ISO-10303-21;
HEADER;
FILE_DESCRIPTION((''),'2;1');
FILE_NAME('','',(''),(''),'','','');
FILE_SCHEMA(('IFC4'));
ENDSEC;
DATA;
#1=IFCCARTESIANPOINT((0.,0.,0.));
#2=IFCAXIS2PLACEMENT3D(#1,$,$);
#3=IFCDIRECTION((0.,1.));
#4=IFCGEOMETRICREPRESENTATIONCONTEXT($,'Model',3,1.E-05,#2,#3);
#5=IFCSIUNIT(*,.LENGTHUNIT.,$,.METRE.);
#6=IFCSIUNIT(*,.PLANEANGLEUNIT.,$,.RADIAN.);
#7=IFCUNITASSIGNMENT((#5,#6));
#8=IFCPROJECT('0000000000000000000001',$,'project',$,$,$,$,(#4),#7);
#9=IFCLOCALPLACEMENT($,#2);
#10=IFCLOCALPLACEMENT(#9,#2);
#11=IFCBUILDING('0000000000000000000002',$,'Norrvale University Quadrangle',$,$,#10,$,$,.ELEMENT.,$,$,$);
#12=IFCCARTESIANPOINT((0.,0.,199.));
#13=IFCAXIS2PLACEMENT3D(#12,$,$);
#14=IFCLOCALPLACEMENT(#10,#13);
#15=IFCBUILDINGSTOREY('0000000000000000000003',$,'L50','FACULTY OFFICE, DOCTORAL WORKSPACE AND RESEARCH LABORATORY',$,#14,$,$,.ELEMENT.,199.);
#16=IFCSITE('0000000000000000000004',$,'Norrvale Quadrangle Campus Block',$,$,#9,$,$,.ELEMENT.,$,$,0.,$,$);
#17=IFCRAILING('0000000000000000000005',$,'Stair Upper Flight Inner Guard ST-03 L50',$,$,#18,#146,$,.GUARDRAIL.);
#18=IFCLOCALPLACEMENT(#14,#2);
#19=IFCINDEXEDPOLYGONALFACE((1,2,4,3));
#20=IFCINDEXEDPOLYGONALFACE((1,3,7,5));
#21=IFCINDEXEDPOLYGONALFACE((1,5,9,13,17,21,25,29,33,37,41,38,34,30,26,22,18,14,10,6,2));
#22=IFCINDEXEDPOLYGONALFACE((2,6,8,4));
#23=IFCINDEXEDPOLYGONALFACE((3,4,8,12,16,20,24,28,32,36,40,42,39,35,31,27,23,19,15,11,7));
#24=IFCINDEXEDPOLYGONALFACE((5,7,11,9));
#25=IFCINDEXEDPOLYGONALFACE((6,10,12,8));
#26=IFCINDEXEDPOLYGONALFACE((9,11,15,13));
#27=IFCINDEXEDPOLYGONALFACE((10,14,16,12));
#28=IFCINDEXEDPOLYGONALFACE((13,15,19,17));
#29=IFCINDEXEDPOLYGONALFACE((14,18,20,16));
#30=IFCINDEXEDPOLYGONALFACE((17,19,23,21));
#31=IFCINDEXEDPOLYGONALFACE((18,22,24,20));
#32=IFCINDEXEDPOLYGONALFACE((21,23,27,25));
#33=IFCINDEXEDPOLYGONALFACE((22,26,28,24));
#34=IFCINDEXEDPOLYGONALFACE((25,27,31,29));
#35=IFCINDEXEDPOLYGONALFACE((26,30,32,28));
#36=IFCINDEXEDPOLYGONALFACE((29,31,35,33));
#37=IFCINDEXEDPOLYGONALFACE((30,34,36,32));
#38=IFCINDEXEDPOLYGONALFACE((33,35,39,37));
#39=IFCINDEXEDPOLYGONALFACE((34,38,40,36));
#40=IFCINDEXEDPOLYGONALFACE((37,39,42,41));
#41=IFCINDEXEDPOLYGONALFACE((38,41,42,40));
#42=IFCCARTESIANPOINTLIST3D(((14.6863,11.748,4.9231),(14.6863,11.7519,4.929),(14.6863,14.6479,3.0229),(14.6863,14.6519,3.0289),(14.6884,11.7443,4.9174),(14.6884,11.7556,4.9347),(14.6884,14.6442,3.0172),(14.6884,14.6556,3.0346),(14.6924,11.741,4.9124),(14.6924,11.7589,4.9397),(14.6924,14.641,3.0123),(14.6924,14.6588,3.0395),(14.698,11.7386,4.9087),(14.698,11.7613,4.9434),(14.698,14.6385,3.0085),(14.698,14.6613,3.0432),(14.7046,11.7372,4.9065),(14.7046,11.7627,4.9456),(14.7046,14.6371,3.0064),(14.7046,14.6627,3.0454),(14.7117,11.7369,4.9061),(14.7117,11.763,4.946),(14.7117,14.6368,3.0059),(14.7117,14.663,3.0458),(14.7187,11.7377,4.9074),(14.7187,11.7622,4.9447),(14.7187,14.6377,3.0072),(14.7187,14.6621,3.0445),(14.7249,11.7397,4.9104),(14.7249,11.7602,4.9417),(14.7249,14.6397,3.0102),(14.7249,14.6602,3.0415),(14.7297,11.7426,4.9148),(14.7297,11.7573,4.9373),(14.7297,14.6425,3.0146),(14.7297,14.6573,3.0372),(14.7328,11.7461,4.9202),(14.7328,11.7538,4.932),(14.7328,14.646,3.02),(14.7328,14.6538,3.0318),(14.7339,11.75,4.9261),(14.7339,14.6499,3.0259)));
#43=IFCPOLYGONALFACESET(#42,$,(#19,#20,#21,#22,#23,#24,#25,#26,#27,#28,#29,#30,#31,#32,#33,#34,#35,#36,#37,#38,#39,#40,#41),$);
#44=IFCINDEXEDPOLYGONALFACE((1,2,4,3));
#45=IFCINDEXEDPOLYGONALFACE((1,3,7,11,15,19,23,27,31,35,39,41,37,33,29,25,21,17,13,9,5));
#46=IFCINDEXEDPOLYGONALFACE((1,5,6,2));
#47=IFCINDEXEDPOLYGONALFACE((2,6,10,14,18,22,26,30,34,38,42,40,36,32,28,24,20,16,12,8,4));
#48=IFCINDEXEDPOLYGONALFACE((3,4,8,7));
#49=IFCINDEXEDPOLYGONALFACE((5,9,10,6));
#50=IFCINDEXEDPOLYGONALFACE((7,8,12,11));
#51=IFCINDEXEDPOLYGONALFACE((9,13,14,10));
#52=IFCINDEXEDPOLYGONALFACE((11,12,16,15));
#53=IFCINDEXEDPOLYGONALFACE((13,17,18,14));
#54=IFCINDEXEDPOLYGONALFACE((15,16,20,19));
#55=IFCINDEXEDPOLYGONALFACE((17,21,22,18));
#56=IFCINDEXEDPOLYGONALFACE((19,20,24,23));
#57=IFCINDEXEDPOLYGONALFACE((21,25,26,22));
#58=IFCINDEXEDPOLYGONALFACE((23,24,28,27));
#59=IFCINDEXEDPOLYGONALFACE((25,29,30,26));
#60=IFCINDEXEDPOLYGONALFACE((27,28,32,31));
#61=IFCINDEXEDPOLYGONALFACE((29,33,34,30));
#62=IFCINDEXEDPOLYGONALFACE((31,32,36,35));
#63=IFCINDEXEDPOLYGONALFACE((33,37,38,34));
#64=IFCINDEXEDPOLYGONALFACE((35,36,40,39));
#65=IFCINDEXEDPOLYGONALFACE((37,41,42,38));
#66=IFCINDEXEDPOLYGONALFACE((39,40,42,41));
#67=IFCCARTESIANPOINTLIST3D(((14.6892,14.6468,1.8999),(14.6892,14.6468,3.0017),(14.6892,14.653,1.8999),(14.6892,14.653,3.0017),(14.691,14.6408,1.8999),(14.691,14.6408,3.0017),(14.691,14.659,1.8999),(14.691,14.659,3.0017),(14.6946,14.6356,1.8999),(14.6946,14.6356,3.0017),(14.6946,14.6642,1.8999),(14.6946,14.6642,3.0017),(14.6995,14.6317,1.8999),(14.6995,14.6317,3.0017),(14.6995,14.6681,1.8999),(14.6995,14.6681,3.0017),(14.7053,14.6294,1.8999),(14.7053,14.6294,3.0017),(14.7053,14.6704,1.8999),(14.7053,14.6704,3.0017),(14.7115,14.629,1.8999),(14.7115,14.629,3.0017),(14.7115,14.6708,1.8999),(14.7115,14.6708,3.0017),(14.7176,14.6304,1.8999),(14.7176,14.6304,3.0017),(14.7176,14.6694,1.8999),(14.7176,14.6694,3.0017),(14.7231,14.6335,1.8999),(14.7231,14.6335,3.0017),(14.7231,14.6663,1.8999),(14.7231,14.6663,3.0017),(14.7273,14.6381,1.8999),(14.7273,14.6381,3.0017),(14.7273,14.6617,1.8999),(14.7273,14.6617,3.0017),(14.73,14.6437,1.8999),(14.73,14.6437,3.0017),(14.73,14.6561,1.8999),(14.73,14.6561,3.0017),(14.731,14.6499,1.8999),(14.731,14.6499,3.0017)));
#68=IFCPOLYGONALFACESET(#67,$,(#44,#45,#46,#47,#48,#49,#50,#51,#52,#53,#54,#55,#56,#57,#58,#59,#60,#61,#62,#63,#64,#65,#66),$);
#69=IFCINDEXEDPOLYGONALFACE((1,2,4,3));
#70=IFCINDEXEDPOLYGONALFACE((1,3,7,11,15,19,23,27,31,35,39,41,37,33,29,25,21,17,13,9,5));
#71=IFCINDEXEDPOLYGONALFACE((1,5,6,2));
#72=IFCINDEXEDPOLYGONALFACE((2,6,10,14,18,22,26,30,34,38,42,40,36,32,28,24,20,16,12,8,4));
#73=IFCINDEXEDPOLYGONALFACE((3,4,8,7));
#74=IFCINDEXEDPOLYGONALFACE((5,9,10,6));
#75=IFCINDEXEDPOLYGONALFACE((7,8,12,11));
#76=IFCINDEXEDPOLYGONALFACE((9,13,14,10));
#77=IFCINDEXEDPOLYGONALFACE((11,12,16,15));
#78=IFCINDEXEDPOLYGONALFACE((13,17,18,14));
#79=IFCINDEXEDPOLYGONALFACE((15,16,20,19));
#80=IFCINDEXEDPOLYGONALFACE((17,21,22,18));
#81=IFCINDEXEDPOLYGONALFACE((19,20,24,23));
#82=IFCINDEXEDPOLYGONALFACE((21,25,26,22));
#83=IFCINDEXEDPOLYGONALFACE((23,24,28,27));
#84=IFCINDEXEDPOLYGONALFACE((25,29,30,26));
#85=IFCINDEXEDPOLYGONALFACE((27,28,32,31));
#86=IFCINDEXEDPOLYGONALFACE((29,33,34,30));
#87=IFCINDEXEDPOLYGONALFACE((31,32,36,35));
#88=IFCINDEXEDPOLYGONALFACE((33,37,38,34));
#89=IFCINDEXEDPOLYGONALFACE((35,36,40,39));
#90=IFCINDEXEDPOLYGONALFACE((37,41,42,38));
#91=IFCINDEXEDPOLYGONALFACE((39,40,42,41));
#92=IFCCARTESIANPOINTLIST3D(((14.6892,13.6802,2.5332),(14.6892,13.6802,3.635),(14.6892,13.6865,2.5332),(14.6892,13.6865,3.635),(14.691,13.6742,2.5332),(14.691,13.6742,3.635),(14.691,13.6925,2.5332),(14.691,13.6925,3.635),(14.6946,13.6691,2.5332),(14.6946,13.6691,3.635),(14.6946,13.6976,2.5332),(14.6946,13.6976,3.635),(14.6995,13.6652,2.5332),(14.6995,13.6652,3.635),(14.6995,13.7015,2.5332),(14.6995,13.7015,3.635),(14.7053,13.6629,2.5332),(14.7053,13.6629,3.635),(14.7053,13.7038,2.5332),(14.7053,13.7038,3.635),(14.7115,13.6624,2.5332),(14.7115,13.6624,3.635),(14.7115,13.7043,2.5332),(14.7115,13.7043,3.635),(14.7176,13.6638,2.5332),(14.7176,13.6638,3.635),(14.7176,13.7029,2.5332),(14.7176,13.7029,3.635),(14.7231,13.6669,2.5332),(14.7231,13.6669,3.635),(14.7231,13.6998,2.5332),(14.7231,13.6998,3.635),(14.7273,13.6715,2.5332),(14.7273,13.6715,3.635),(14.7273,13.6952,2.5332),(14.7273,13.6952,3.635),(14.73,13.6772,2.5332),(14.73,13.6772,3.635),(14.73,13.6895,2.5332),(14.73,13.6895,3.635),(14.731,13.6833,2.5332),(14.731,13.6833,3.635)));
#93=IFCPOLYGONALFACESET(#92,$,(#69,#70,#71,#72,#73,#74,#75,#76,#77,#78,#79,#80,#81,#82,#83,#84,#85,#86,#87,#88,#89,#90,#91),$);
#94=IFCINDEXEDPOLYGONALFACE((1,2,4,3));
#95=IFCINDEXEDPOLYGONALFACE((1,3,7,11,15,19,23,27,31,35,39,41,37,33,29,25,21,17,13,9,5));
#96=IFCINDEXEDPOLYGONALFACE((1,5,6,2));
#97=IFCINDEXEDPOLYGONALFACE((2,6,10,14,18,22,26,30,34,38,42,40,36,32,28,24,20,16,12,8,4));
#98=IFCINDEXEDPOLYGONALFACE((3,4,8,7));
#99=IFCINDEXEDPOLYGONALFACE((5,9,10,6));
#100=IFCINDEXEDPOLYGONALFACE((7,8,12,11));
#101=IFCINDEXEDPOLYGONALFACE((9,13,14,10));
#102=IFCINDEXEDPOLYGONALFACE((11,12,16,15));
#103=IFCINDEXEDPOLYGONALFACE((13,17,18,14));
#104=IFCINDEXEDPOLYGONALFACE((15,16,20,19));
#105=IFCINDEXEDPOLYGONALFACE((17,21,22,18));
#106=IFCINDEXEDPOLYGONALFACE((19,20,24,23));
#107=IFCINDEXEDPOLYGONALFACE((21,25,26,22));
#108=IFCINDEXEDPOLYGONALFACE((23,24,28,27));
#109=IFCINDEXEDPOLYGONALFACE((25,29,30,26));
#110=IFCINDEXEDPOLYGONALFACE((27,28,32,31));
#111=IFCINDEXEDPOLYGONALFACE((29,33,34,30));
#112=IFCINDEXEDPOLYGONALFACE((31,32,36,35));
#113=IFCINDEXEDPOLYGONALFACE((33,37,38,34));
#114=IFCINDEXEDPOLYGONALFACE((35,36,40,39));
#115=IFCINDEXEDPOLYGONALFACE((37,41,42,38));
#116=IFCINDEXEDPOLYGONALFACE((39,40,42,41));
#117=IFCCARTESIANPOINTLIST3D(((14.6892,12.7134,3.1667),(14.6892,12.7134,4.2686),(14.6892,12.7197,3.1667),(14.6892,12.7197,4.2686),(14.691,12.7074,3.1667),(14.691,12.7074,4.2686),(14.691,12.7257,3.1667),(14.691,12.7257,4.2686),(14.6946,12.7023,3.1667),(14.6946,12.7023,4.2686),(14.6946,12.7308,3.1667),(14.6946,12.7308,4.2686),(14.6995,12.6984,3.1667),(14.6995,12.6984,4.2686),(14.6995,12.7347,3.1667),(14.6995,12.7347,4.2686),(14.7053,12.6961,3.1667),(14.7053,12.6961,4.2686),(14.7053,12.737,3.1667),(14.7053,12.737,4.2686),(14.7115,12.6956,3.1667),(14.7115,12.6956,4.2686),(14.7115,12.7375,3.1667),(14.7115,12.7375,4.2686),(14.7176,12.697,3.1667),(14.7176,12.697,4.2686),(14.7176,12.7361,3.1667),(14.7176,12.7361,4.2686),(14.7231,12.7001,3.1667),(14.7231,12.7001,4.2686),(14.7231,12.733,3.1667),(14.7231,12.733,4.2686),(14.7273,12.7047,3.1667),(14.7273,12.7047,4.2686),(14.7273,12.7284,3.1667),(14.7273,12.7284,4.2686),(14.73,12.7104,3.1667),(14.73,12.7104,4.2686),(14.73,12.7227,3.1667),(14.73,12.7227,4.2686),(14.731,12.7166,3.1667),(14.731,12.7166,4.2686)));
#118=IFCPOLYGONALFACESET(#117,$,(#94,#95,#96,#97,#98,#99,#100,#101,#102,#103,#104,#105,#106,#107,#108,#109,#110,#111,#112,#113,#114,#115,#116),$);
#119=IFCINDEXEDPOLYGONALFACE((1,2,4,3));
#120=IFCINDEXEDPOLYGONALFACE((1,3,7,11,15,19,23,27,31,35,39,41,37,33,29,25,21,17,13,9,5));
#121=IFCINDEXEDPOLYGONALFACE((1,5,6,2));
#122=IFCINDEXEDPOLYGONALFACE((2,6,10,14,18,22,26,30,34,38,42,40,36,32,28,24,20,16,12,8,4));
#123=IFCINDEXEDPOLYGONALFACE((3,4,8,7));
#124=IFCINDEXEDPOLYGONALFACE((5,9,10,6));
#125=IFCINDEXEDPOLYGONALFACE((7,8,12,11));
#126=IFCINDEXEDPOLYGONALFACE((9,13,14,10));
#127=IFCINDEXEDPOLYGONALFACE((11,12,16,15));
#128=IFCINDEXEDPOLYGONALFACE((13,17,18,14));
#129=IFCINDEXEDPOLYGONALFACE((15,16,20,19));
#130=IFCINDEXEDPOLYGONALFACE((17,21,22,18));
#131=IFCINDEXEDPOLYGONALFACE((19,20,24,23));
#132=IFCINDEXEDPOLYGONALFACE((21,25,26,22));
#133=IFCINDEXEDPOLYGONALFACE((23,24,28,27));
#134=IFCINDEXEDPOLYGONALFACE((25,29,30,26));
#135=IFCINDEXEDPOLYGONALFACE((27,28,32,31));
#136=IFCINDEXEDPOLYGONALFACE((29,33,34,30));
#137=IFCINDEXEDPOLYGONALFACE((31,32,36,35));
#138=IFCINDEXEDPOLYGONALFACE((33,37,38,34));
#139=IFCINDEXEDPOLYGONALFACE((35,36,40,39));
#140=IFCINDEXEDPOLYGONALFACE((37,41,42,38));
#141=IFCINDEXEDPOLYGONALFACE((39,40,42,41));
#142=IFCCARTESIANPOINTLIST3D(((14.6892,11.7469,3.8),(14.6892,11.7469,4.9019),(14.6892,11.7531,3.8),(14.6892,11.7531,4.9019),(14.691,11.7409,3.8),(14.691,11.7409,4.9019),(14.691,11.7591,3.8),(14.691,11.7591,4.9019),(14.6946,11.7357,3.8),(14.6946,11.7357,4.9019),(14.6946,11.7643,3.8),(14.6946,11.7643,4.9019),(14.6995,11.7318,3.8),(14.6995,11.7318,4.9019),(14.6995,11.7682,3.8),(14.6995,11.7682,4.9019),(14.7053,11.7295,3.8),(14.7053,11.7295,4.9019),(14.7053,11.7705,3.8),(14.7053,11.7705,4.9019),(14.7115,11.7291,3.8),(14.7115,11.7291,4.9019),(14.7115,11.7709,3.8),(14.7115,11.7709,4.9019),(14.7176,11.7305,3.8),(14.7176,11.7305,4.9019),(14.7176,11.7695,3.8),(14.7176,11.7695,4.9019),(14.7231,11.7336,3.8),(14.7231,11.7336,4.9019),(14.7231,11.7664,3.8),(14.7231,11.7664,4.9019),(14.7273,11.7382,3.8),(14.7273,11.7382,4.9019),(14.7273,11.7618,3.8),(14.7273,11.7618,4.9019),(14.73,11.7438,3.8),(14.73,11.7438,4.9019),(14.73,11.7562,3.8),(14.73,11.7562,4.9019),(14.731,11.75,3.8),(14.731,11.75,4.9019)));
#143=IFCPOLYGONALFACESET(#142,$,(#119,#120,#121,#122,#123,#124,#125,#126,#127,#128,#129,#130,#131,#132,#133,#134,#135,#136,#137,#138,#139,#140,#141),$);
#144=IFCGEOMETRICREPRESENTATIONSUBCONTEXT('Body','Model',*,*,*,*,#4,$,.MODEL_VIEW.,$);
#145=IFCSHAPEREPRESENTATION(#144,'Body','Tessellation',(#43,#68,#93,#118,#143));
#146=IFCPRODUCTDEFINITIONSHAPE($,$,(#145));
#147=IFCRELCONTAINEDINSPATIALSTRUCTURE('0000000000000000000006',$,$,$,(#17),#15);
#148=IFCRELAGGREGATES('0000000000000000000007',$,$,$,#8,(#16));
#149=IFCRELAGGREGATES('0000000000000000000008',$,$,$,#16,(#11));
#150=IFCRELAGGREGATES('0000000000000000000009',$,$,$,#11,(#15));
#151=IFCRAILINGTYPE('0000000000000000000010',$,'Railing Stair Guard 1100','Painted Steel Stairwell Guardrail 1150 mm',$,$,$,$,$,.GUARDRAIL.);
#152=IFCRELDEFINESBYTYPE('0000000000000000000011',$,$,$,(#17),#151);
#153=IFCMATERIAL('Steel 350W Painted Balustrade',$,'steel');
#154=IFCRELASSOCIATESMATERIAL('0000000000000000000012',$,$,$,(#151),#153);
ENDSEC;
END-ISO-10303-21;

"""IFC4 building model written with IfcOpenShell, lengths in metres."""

from ifc_helpers import new_model, si_unit, direction, frame, origin, origin_2d, place, context, subcontext, project, spatial, circle, extrude, material, type_object, element, save


model = new_model("IFC4")

# Units and contexts
model_context = context("Model", 3, precision=1e-05, world=origin(), true_north=direction((0.0, 1.0)))
body_context = subcontext(model_context, "Body", "Model", "MODEL_VIEW")
ifc_project = project(units=[si_unit("LENGTHUNIT", "METRE"), si_unit("PLANEANGLEUNIT", "RADIAN")], contexts=[model_context])

# Site, building, storey
site_placement = place(None, origin())
site = spatial("IfcSite", under=ifc_project, at=site_placement, Name="Norrvale Quadrangle Campus Block", CompositionType="ELEMENT", RefElevation=0.0)
building_placement = place(site_placement, origin())
building = spatial("IfcBuilding", under=site, at=building_placement, Name="Norrvale University Quadrangle", CompositionType="ELEMENT")
storey_placement = place(building_placement, frame((0.0, 0.0, 199.0)))
storey = spatial("IfcBuildingStorey", under=building, at=storey_placement, Name="L50", Description="FACULTY OFFICE, DOCTORAL WORKSPACE AND RESEARCH LABORATORY", CompositionType="ELEMENT", Elevation=199.0)

# Railing
ifc_material_1 = material(Name="Steel 350W Painted Balustrade", Category="steel")
railing_type_1 = type_object("IfcRailingType", Name="Railing Stair Guard 1100", Description="Painted Steel Stairwell Guardrail 1150 mm", PredefinedType="GUARDRAIL", material=ifc_material_1)
railing_1_placement = place(storey_placement, frame((14.71, 14.6499, 1.8999)))
element("IfcRailing", 1, at=railing_1_placement, inside=storey, type_object=railing_type_1, Name="Stair Upper Flight Inner Guard ST-03 L50", PredefinedType="GUARDRAIL", context=body_context, shape_type="SweptSolid", body=[
    extrude(circle(Radius=0.0239, at=origin_2d()), frame((0.0, 0.0, 1.126), z_axis=(0.0, -0.836433, 0.548069), x_axis=(1.0, 0.0, 0.0)), (0.0, 0.0, 1.0), 3.467),
    extrude(circle(Radius=0.021, at=origin_2d()), origin(), (0.0, 0.0, 1.0), 1.1018),
    extrude(circle(Radius=0.021, at=origin_2d()), frame((0.0, -0.9666, 0.6333)), (0.0, 0.0, 1.0), 1.1018),
    extrude(circle(Radius=0.021, at=origin_2d()), frame((0.0, -1.9333, 1.2668)), (0.0, 0.0, 1.0), 1.1018),
    extrude(circle(Radius=0.021, at=origin_2d()), frame((0.0, -2.8999, 1.9001)), (0.0, 0.0, 1.0), 1.1018),
])

save(model, "model.ifc")
